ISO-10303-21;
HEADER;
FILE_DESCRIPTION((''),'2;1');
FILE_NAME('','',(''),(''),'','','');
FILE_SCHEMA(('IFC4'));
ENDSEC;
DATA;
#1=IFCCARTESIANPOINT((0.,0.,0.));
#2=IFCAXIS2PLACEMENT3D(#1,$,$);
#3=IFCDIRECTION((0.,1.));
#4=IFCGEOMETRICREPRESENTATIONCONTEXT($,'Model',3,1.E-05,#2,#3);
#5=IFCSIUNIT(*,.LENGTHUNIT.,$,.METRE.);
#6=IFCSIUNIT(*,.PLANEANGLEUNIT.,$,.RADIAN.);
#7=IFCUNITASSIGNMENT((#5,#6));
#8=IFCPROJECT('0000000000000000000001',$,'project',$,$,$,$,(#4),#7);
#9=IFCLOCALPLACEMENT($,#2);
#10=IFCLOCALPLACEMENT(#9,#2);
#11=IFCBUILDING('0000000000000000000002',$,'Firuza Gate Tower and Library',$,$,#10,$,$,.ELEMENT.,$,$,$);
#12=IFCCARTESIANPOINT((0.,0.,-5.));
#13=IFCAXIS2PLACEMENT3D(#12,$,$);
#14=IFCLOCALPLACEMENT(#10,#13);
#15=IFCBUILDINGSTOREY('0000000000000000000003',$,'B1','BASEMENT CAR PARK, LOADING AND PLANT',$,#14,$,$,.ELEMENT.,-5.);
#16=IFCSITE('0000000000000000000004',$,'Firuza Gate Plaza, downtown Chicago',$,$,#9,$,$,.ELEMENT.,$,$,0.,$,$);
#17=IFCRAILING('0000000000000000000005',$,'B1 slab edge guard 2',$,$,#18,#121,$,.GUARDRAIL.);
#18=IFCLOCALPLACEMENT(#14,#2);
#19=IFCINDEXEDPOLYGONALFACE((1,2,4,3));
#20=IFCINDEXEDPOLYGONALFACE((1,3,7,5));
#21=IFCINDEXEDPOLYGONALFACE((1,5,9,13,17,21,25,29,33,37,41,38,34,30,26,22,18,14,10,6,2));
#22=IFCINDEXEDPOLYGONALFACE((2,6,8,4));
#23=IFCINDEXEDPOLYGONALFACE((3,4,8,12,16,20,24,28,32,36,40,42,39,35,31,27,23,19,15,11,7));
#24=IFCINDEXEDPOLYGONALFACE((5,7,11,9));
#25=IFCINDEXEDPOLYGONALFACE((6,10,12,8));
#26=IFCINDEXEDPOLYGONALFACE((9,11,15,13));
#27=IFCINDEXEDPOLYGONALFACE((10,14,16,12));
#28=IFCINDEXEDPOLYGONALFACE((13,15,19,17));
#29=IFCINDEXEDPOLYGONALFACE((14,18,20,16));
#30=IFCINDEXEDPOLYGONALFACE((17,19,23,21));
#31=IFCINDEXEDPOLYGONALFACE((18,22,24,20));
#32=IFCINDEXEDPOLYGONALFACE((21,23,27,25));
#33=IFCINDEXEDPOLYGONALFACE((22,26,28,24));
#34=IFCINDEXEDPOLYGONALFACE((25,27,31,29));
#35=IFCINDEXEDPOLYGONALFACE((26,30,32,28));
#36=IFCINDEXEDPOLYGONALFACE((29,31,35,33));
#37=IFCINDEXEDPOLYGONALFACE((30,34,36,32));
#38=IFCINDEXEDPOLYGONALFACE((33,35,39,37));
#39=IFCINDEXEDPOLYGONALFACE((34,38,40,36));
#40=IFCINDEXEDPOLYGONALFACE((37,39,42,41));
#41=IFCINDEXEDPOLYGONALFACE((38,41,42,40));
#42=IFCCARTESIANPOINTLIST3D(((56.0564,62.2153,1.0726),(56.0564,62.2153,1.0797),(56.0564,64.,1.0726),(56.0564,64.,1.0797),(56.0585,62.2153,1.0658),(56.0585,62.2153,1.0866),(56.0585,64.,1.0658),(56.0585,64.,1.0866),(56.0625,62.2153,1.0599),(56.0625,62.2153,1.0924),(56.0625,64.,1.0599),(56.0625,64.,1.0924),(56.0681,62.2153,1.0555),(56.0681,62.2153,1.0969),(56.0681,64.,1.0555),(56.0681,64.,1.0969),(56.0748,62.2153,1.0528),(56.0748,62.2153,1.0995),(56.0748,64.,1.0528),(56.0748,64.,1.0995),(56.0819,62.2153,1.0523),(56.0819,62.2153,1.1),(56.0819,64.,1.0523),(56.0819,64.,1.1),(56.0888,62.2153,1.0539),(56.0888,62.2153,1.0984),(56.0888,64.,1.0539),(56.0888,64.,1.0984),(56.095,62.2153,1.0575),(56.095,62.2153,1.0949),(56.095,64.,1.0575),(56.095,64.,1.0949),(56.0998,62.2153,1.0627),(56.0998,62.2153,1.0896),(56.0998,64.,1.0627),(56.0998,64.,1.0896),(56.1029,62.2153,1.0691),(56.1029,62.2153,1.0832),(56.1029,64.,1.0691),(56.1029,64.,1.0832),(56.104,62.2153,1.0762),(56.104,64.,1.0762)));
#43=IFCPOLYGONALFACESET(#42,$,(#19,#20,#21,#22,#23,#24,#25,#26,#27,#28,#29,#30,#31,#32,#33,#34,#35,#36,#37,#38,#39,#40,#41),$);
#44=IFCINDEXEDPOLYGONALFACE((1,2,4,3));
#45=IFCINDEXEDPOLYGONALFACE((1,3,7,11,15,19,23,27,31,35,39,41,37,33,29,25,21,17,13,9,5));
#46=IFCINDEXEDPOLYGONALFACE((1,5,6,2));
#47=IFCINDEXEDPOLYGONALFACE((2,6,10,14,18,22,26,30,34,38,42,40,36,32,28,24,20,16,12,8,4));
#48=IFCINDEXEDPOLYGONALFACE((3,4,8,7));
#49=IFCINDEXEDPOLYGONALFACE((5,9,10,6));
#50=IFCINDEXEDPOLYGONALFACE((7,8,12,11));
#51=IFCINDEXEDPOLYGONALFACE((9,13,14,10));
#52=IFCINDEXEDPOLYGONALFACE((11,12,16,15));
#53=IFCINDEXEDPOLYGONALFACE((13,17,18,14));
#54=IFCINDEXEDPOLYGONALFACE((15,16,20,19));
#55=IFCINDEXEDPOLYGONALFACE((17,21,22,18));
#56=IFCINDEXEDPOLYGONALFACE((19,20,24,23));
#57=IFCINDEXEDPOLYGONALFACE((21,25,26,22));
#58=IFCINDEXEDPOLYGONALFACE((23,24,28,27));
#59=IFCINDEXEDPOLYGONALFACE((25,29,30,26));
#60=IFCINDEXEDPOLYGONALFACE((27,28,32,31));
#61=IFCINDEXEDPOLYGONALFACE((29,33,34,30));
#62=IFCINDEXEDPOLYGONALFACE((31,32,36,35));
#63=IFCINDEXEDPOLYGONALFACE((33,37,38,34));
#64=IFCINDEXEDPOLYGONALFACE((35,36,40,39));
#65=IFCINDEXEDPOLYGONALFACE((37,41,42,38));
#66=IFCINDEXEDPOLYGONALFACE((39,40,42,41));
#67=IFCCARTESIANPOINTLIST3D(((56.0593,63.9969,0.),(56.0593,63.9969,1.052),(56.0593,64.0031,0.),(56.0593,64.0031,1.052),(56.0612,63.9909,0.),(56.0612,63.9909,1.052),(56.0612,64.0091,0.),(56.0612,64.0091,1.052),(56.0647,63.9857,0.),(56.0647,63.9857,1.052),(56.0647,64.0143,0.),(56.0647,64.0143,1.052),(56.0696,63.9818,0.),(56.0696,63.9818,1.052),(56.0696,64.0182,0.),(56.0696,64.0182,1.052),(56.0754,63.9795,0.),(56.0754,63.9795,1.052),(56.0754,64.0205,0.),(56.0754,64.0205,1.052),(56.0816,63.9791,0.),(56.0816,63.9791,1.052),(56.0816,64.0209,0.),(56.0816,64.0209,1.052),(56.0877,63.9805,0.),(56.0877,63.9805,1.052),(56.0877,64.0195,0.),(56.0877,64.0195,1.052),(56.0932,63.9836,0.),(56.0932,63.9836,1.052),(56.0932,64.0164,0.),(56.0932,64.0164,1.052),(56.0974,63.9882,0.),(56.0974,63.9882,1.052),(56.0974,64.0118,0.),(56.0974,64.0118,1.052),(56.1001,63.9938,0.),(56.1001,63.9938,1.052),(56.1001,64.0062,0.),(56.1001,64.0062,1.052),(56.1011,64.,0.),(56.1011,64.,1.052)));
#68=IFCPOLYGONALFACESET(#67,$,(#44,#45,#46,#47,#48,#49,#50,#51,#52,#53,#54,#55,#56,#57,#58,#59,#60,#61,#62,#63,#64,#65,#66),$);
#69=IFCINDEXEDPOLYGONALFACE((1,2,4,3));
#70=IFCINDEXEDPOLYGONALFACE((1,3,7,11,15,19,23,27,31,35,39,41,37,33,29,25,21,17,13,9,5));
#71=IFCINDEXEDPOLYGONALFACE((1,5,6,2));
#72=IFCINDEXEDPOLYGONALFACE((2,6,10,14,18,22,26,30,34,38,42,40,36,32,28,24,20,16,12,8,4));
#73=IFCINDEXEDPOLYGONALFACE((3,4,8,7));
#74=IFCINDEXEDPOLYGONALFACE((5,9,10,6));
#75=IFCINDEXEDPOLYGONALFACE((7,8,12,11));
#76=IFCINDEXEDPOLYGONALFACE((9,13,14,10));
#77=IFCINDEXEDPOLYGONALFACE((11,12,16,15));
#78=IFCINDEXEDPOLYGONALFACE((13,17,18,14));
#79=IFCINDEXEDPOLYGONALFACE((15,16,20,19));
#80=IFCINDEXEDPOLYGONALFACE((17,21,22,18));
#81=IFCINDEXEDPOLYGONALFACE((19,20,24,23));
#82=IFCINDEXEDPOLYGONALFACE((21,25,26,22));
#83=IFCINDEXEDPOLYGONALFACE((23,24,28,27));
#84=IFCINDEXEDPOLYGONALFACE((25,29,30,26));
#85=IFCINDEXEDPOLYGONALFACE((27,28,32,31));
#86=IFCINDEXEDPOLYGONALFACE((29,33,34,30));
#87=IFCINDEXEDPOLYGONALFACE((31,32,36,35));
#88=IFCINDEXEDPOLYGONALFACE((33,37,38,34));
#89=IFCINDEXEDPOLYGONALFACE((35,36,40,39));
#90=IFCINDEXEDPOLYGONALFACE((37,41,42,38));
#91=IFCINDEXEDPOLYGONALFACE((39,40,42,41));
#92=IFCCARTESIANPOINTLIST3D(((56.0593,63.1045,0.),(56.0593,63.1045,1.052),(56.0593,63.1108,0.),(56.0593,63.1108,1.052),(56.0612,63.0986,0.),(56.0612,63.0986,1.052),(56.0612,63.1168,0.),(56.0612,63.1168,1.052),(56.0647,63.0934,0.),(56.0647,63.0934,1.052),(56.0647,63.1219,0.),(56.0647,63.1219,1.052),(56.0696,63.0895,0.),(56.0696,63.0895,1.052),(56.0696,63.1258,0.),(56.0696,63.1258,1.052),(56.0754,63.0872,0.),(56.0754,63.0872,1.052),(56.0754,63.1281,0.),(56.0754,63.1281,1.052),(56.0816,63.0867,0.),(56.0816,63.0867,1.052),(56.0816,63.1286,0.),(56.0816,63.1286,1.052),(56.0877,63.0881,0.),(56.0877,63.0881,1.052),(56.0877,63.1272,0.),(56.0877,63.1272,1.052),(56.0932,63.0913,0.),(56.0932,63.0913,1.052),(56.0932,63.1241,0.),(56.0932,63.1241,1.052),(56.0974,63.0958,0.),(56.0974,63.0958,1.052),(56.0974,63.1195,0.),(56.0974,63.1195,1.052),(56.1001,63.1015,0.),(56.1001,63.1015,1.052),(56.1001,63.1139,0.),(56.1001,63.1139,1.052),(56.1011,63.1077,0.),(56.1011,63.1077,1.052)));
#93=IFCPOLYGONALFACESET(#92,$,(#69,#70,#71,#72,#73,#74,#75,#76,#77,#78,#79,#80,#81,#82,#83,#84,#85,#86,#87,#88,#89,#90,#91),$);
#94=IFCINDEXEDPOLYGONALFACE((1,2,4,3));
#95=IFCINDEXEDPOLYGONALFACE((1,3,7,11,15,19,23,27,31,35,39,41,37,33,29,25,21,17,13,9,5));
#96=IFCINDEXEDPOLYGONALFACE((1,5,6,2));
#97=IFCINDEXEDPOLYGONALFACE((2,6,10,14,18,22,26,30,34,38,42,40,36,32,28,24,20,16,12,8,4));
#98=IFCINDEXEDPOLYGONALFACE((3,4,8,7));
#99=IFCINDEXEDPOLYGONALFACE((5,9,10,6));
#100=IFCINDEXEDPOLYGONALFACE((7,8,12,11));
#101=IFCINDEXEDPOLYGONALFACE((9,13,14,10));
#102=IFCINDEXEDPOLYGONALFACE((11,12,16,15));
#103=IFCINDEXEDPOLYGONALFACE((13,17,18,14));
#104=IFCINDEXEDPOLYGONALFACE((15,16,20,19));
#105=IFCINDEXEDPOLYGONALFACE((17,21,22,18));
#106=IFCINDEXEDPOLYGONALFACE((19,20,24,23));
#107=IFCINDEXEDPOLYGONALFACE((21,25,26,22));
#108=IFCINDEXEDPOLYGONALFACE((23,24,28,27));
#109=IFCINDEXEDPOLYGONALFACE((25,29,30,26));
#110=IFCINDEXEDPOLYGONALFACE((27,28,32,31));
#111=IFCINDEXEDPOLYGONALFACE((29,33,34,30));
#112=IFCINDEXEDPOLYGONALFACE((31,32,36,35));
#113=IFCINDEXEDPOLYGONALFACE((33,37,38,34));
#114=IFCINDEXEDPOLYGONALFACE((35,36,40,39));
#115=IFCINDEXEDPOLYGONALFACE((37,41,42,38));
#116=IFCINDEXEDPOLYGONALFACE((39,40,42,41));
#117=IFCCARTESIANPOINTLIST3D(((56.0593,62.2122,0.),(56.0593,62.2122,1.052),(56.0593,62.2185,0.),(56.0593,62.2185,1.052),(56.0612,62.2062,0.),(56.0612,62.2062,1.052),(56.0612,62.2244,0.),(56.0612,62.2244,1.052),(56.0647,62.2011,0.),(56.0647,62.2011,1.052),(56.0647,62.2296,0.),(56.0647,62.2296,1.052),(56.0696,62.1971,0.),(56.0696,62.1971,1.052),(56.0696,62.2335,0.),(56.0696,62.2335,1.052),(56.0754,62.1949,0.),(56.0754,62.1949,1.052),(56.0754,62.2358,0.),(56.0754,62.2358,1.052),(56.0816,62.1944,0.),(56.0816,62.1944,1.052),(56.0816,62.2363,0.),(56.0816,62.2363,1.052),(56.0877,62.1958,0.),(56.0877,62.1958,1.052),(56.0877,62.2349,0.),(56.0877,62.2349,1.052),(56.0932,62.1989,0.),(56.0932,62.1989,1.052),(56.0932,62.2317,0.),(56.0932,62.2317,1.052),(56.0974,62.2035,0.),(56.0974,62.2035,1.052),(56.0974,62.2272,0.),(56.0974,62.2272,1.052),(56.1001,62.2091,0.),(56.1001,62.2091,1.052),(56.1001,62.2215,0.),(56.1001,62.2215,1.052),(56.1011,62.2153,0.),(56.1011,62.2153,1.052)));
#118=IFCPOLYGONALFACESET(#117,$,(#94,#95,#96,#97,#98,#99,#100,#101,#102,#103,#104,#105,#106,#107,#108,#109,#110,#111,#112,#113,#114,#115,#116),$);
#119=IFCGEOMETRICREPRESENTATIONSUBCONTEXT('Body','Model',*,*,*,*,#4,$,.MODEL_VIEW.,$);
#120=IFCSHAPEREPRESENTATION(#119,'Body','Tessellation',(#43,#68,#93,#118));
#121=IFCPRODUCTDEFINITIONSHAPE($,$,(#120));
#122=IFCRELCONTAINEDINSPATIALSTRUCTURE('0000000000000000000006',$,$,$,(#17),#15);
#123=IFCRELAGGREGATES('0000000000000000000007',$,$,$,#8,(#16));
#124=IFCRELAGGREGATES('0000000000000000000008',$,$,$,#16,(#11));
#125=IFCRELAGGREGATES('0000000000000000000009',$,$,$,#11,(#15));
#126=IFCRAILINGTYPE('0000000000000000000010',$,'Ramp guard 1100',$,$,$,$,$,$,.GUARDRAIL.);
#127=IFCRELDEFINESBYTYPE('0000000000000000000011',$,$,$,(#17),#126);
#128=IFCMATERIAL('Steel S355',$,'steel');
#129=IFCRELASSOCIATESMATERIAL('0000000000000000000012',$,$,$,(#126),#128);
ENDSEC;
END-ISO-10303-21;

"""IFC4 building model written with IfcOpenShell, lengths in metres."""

from ifc_helpers import new_model, si_unit, direction, frame, origin, origin_2d, place, context, subcontext, project, spatial, circle, extrude, material, type_object, element, save


model = new_model("IFC4")

# Units and contexts
model_context = context("Model", 3, precision=1e-05, world=origin(), true_north=direction((0.0, 1.0)))
body_context = subcontext(model_context, "Body", "Model", "MODEL_VIEW")
ifc_project = project(units=[si_unit("LENGTHUNIT", "METRE"), si_unit("PLANEANGLEUNIT", "RADIAN")], contexts=[model_context])

# Site, building, storey
site_placement = place(None, origin())
site = spatial("IfcSite", under=ifc_project, at=site_placement, Name="Firuza Gate Plaza, downtown Chicago", CompositionType="ELEMENT", RefElevation=0.0)
building_placement = place(site_placement, origin())
building = spatial("IfcBuilding", under=site, at=building_placement, Name="Firuza Gate Tower and Library", CompositionType="ELEMENT")
storey_placement = place(building_placement, frame((0.0, 0.0, -5.0)))
storey = spatial("IfcBuildingStorey", under=building, at=storey_placement, Name="B1", Description="BASEMENT CAR PARK, LOADING AND PLANT", CompositionType="ELEMENT", Elevation=-5.0)

# Railing
ifc_material_1 = material(Name="Steel S355", Category="steel")
railing_type = type_object("IfcRailingType", Name="Ramp guard 1100", PredefinedType="GUARDRAIL", material=ifc_material_1)
railing_1_placement = place(storey_placement, frame((56.0801, 64.0, 0.0)))
element("IfcRailing", 1, at=railing_1_placement, inside=storey, type_object=railing_type, Name="B1 slab edge guard 2", PredefinedType="GUARDRAIL", context=body_context, shape_type="SweptSolid", body=[
    extrude(circle(Radius=0.0239, at=origin_2d()), frame((0.0, 0.0, 1.0762), z_axis=(0.0, -1.0, 0.0), x_axis=(1.0, 0.0, 0.0)), (0.0, 0.0, 1.0), 1.7847),
    extrude(circle(Radius=0.021, at=origin_2d()), origin(), (0.0, 0.0, 1.0), 1.052),
    extrude(circle(Radius=0.021, at=origin_2d()), frame((0.0, -0.8923, 0.0)), (0.0, 0.0, 1.0), 1.052),
    extrude(circle(Radius=0.021, at=origin_2d()), frame((0.0, -1.7847, 0.0)), (0.0, 0.0, 1.0), 1.052),
])

save(model, "model.ifc")
